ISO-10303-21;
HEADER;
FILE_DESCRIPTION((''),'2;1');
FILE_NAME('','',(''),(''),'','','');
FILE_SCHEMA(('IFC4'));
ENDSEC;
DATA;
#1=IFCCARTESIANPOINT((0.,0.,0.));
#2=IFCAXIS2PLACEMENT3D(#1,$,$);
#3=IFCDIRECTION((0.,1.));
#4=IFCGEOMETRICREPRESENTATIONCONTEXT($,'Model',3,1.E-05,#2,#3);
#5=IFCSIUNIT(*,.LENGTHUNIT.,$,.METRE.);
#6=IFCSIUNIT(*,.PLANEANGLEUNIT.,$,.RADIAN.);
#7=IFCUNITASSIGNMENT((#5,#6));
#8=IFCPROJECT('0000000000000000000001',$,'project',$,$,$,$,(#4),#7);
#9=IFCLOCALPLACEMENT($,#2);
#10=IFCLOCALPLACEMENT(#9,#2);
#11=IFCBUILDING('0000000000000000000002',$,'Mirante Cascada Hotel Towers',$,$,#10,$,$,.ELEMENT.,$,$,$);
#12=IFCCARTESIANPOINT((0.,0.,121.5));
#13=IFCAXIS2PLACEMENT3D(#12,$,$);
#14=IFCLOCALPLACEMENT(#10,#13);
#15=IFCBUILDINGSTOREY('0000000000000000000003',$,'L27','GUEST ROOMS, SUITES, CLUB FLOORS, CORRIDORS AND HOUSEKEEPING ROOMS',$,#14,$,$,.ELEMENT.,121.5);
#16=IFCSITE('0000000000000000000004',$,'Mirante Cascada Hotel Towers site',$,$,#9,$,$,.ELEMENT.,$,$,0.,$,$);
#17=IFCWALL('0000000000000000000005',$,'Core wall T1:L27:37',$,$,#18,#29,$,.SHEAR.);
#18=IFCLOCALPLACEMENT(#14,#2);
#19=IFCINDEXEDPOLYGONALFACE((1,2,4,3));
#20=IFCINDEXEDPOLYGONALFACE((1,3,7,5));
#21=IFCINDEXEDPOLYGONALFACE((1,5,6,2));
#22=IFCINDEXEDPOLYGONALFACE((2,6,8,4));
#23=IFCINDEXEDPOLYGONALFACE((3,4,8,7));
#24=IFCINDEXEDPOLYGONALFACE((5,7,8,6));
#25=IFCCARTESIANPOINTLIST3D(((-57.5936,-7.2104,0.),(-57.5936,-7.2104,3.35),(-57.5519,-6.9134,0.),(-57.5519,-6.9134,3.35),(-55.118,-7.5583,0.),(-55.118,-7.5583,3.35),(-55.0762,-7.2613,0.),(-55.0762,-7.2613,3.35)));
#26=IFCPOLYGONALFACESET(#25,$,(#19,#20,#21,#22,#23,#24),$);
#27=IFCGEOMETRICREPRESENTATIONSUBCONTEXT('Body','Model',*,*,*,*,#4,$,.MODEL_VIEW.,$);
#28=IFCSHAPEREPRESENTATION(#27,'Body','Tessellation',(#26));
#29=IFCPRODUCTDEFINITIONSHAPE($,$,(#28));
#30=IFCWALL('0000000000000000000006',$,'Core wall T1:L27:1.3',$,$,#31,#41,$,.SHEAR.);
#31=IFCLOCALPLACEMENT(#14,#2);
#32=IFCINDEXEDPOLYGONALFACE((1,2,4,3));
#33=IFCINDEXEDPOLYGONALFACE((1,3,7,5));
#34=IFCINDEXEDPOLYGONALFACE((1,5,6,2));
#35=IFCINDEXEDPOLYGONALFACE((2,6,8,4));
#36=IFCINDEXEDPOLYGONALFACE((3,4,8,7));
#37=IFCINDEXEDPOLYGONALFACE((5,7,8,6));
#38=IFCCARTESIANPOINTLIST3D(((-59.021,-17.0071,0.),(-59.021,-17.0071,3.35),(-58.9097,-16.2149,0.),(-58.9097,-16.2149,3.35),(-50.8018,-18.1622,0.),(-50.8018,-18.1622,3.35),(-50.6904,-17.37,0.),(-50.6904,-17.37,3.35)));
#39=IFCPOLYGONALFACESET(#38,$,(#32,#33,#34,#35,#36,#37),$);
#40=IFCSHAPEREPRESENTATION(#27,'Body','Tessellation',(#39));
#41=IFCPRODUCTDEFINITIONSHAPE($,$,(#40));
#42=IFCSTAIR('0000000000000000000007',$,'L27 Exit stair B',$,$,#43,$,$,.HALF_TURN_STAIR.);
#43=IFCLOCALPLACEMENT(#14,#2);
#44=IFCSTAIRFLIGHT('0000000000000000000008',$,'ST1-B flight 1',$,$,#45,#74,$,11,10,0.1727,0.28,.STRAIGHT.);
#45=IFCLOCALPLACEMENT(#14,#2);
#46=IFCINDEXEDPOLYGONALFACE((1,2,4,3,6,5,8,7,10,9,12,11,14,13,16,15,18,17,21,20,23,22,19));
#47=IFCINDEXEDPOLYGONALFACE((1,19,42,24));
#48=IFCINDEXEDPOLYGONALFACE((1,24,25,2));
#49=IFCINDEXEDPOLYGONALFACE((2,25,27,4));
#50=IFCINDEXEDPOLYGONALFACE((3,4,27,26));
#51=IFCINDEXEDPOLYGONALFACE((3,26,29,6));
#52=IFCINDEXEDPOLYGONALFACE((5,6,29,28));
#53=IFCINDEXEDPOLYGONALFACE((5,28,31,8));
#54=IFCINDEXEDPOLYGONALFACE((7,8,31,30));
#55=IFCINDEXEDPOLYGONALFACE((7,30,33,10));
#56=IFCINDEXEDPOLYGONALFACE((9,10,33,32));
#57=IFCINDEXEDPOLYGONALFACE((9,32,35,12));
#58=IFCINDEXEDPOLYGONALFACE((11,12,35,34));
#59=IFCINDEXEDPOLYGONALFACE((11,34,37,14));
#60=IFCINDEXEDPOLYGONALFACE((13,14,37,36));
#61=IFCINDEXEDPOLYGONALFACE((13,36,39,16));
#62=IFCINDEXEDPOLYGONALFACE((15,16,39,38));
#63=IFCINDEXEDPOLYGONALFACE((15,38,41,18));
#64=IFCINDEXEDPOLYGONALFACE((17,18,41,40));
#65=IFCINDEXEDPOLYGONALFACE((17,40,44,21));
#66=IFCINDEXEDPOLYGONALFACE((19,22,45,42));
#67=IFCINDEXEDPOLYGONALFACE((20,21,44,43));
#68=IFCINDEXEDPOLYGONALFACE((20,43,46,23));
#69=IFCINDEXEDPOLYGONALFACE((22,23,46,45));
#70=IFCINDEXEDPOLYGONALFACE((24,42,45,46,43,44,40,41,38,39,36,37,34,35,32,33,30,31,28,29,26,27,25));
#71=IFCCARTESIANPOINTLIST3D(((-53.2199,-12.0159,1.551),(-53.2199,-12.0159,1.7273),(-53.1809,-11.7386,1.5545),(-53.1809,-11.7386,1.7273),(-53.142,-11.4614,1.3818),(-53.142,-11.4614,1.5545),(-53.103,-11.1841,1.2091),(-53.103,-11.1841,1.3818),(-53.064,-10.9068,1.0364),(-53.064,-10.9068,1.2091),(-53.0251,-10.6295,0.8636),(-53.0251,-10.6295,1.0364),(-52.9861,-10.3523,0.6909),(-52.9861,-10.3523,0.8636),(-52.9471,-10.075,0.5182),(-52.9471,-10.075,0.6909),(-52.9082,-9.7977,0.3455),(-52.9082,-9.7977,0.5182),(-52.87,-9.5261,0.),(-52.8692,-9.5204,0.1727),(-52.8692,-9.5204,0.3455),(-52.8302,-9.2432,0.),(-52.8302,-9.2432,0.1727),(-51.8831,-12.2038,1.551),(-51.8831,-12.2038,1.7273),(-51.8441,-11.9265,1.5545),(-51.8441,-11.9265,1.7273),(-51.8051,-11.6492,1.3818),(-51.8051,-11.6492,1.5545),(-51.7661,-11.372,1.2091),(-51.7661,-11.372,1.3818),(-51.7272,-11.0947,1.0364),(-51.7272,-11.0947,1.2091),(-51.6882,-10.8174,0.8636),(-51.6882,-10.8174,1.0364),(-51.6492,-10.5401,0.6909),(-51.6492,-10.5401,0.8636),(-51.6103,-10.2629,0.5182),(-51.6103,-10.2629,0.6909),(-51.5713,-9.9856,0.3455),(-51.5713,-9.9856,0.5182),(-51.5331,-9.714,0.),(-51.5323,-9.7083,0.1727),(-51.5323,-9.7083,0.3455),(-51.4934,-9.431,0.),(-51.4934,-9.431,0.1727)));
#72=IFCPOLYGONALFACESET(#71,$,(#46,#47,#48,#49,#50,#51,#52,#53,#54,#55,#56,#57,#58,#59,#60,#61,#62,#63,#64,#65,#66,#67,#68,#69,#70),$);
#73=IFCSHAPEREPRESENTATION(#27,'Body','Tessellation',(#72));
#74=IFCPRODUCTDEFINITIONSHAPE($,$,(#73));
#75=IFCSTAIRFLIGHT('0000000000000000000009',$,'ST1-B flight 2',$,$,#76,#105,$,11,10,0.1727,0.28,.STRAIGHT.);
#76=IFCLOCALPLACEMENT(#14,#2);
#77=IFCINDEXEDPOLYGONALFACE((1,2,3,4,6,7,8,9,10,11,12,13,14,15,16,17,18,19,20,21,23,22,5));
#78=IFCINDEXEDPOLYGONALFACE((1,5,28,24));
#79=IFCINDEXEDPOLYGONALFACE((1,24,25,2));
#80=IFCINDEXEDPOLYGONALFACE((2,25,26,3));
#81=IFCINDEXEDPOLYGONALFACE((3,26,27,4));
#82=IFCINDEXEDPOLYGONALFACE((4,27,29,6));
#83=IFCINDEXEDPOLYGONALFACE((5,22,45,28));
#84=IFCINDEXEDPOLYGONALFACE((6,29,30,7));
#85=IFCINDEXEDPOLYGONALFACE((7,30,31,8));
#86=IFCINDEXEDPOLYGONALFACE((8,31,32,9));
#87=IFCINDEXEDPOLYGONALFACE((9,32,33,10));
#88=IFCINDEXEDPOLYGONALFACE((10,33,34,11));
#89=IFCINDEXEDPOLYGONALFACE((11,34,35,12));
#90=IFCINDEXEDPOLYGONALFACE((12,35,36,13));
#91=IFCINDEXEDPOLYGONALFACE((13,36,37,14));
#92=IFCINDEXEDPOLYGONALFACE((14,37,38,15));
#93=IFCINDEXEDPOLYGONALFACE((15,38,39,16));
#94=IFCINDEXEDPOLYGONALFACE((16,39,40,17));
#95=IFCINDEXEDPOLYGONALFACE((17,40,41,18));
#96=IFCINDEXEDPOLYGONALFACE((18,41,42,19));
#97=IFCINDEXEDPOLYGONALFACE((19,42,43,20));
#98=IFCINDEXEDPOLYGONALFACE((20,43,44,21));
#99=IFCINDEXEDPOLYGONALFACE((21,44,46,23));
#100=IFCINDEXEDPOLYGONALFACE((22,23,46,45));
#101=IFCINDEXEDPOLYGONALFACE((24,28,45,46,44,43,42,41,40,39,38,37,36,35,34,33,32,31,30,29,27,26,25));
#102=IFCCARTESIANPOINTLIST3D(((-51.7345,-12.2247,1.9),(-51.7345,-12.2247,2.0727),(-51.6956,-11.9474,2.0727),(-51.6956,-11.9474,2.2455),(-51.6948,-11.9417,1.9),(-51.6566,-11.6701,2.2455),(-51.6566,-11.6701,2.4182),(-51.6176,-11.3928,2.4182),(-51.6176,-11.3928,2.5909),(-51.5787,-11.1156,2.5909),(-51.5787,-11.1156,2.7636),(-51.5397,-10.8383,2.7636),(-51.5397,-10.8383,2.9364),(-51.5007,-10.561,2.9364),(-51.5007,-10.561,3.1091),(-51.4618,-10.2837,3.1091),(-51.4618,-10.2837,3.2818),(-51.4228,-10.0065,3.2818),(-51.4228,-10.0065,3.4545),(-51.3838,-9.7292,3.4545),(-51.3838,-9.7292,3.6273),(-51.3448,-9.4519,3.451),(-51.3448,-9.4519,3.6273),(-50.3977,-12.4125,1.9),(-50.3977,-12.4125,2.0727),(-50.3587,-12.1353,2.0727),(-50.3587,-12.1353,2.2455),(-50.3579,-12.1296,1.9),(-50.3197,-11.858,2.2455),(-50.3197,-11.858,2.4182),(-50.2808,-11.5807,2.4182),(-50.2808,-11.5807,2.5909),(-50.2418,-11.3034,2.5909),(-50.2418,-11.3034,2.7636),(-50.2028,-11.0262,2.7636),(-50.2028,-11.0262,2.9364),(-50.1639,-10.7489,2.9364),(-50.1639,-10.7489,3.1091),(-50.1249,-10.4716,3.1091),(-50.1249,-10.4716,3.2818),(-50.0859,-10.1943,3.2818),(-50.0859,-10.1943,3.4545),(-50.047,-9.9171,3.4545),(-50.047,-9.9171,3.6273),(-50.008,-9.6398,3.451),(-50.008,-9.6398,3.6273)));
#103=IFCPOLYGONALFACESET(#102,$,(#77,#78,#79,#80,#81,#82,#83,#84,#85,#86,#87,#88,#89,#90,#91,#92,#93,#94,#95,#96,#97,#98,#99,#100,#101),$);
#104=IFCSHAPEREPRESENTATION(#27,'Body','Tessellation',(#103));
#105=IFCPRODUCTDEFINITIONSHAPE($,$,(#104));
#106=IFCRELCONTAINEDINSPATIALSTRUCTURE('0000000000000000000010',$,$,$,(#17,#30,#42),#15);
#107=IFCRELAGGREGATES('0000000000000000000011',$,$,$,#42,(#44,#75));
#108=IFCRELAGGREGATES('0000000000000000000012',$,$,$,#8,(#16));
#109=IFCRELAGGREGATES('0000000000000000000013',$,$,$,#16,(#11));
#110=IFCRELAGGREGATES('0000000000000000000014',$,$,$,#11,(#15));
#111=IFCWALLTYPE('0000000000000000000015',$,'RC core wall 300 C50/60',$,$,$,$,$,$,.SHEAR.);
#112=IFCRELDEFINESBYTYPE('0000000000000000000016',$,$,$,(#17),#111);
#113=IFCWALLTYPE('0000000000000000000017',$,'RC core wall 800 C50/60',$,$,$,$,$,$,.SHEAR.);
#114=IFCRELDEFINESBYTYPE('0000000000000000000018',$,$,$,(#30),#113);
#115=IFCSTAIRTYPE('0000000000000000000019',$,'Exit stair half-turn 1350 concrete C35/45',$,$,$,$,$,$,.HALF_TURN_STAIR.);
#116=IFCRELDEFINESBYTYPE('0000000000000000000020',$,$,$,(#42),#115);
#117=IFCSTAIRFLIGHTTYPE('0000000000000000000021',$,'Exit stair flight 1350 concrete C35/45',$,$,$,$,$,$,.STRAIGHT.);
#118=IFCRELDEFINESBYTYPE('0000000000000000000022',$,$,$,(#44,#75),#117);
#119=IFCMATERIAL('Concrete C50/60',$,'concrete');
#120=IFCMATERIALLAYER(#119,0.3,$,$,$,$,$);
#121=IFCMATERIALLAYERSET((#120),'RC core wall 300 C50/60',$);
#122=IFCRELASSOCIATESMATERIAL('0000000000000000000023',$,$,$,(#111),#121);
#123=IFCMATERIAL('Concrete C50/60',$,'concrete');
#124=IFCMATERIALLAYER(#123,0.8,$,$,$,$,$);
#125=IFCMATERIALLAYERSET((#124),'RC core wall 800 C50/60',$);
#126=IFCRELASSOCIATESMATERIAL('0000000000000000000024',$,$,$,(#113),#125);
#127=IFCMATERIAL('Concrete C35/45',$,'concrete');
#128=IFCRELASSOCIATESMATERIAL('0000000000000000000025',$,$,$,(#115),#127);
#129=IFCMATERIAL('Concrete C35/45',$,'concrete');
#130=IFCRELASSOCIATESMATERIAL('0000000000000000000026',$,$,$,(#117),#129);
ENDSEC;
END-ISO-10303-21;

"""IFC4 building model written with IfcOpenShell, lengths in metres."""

from ifc_helpers import new_model, si_unit, direction, frame, frame_2d, origin, place, context, subcontext, project, spatial, polyline, rectangle, outline, extrude, material, layer, layer_set, type_object, element, aggregate, save


model = new_model("IFC4")

# Units and contexts
model_context = context("Model", 3, precision=1e-05, world=origin(), true_north=direction((0.0, 1.0)))
body_context = subcontext(model_context, "Body", "Model", "MODEL_VIEW")
ifc_project = project(units=[si_unit("LENGTHUNIT", "METRE"), si_unit("PLANEANGLEUNIT", "RADIAN")], contexts=[model_context])

# Site, building, storey
site_placement = place(None, origin())
site = spatial("IfcSite", under=ifc_project, at=site_placement, Name="Mirante Cascada Hotel Towers site", CompositionType="ELEMENT", RefElevation=0.0)
building_placement = place(site_placement, origin())
building = spatial("IfcBuilding", under=site, at=building_placement, Name="Mirante Cascada Hotel Towers", CompositionType="ELEMENT")
storey_placement = place(building_placement, frame((0.0, 0.0, 121.5)))
storey = spatial("IfcBuildingStorey", under=building, at=storey_placement, Name="L27", Description="GUEST ROOMS, SUITES, CLUB FLOORS, CORRIDORS AND HOUSEKEEPING ROOMS", CompositionType="ELEMENT", Elevation=121.5)

# Shared definitions
ifc_material_1 = material(Name="Concrete C50/60", Category="concrete")
ifc_layer_1 = layer(ifc_material_1, 0.3)
ifc_layer_set_1 = layer_set([ifc_layer_1], Name="RC core wall 300 C50/60")
wall_type_1 = type_object("IfcWallType", Name="RC core wall 300 C50/60", PredefinedType="SHEAR", material=ifc_layer_set_1)

# Walls
wall_1_placement = place(storey_placement, frame((-55.0971, -7.4098, 0.0), z_axis=(0.0, 0.0, 1.0), x_axis=(-0.99027, 0.139159, 0.0)))
element("IfcWall", 1, at=wall_1_placement, inside=storey, type_object=wall_type_1, Name="Core wall T1:L27:37", PredefinedType="SHEAR", context=body_context, shape_type="SweptSolid", body=[
    extrude(rectangle(XDim=2.5, YDim=0.3, at=frame_2d((1.25, 0.0))), origin(), (0.0, 0.0, 1.0), 3.35),
])
ifc_material_2 = material(Name="Concrete C50/60", Category="concrete")
ifc_layer_2 = layer(ifc_material_2, 0.8)
ifc_layer_set_2 = layer_set([ifc_layer_2], Name="RC core wall 800 C50/60")
wall_type_2 = type_object("IfcWallType", Name="RC core wall 800 C50/60", PredefinedType="SHEAR", material=ifc_layer_set_2)
wall_2_placement = place(storey_placement, frame((-50.7461, -17.7661, 0.0), z_axis=(0.0, 0.0, 1.0), x_axis=(-0.990269, 0.139169, 0.0)))
element("IfcWall", 2, at=wall_2_placement, inside=storey, type_object=wall_type_2, Name="Core wall T1:L27:1.3", PredefinedType="SHEAR", context=body_context, shape_type="SweptSolid", body=[
    extrude(rectangle(XDim=8.3, YDim=0.8, at=frame_2d((4.15, 0.0))), origin(), (0.0, 0.0, 1.0), 3.35),
])

# Stair, stair flights
ifc_material_3 = material(Name="Concrete C35/45", Category="concrete")
stair_type = type_object("IfcStairType", Name="Exit stair half-turn 1350 concrete C35/45", PredefinedType="HALF_TURN_STAIR", material=ifc_material_3)
stair_placement = place(storey_placement, origin())
stair = element("IfcStair", 3, at=stair_placement, inside=storey, type_object=stair_type, Name="L27 Exit stair B", PredefinedType="HALF_TURN_STAIR")
ifc_material_4 = material(Name="Concrete C35/45", Category="concrete")
stair_flight_type = type_object("IfcStairFlightType", Name="Exit stair flight 1350 concrete C35/45", PredefinedType="STRAIGHT", material=ifc_material_4)
stair_flight_1_placement = place(storey_placement, frame((-52.1618, -9.3371, 0.0), z_axis=(0.0, 0.0, 1.0), x_axis=(-0.139173, -0.990268, 0.0)))
stair_flight_1 = element("IfcStairFlight", 4, at=stair_flight_1_placement, type_object=stair_flight_type, Name="ST1-B flight 1", NumberOfRisers=11, NumberOfTreads=10, PredefinedType="STRAIGHT", RiserHeight=0.1727, TreadLength=0.28, context=body_context, shape_type="SweptSolid", body=[
    extrude(outline(polyline([(0.0, 0.0), (0.0, 0.1727), (0.28, 0.1727), (0.28, 0.3455), (0.56, 0.3455), (0.56, 0.5182), (0.84, 0.5182), (0.84, 0.6909), (1.12, 0.6909), (1.12, 0.8636), (1.4, 0.8636), (1.4, 1.0364), (1.68, 1.0364), (1.68, 1.2091), (1.96, 1.2091), (1.96, 1.3818), (2.24, 1.3818), (2.24, 1.5545), (2.52, 1.5545), (2.52, 1.7273), (2.8, 1.7273), (2.8, 1.9), (2.8, 1.551), (0.2857, 0.0), (0.0, 0.0)])), frame((0.0, 0.675, 0.0), z_axis=(0.0, -1.0, 0.0), x_axis=(1.0, 0.0, 0.0)), (0.0, 0.0, 1.0), 1.35),
])
stair_flight_2_placement = place(storey_placement, frame((-51.0661, -12.3186, 1.9), z_axis=(0.0, 0.0, 1.0), x_axis=(0.139173, 0.990268, 0.0)))
stair_flight_2 = element("IfcStairFlight", 5, at=stair_flight_2_placement, type_object=stair_flight_type, Name="ST1-B flight 2", NumberOfRisers=11, NumberOfTreads=10, PredefinedType="STRAIGHT", RiserHeight=0.1727, TreadLength=0.28, context=body_context, shape_type="SweptSolid", body=[
    extrude(outline(polyline([(0.0, 0.0), (0.0, 0.1727), (0.28, 0.1727), (0.28, 0.3455), (0.56, 0.3455), (0.56, 0.5182), (0.84, 0.5182), (0.84, 0.6909), (1.12, 0.6909), (1.12, 0.8636), (1.4, 0.8636), (1.4, 1.0364), (1.68, 1.0364), (1.68, 1.2091), (1.96, 1.2091), (1.96, 1.3818), (2.24, 1.3818), (2.24, 1.5545), (2.52, 1.5545), (2.52, 1.7273), (2.8, 1.7273), (2.8, 1.9), (2.8, 1.551), (0.2857, 0.0), (0.0, 0.0)])), frame((0.0, 0.675, 0.0), z_axis=(0.0, -1.0, 0.0), x_axis=(1.0, 0.0, 0.0)), (0.0, 0.0, 1.0), 1.35),
])
aggregate(stair, [stair_flight_1, stair_flight_2])

save(model, "model.ifc")
